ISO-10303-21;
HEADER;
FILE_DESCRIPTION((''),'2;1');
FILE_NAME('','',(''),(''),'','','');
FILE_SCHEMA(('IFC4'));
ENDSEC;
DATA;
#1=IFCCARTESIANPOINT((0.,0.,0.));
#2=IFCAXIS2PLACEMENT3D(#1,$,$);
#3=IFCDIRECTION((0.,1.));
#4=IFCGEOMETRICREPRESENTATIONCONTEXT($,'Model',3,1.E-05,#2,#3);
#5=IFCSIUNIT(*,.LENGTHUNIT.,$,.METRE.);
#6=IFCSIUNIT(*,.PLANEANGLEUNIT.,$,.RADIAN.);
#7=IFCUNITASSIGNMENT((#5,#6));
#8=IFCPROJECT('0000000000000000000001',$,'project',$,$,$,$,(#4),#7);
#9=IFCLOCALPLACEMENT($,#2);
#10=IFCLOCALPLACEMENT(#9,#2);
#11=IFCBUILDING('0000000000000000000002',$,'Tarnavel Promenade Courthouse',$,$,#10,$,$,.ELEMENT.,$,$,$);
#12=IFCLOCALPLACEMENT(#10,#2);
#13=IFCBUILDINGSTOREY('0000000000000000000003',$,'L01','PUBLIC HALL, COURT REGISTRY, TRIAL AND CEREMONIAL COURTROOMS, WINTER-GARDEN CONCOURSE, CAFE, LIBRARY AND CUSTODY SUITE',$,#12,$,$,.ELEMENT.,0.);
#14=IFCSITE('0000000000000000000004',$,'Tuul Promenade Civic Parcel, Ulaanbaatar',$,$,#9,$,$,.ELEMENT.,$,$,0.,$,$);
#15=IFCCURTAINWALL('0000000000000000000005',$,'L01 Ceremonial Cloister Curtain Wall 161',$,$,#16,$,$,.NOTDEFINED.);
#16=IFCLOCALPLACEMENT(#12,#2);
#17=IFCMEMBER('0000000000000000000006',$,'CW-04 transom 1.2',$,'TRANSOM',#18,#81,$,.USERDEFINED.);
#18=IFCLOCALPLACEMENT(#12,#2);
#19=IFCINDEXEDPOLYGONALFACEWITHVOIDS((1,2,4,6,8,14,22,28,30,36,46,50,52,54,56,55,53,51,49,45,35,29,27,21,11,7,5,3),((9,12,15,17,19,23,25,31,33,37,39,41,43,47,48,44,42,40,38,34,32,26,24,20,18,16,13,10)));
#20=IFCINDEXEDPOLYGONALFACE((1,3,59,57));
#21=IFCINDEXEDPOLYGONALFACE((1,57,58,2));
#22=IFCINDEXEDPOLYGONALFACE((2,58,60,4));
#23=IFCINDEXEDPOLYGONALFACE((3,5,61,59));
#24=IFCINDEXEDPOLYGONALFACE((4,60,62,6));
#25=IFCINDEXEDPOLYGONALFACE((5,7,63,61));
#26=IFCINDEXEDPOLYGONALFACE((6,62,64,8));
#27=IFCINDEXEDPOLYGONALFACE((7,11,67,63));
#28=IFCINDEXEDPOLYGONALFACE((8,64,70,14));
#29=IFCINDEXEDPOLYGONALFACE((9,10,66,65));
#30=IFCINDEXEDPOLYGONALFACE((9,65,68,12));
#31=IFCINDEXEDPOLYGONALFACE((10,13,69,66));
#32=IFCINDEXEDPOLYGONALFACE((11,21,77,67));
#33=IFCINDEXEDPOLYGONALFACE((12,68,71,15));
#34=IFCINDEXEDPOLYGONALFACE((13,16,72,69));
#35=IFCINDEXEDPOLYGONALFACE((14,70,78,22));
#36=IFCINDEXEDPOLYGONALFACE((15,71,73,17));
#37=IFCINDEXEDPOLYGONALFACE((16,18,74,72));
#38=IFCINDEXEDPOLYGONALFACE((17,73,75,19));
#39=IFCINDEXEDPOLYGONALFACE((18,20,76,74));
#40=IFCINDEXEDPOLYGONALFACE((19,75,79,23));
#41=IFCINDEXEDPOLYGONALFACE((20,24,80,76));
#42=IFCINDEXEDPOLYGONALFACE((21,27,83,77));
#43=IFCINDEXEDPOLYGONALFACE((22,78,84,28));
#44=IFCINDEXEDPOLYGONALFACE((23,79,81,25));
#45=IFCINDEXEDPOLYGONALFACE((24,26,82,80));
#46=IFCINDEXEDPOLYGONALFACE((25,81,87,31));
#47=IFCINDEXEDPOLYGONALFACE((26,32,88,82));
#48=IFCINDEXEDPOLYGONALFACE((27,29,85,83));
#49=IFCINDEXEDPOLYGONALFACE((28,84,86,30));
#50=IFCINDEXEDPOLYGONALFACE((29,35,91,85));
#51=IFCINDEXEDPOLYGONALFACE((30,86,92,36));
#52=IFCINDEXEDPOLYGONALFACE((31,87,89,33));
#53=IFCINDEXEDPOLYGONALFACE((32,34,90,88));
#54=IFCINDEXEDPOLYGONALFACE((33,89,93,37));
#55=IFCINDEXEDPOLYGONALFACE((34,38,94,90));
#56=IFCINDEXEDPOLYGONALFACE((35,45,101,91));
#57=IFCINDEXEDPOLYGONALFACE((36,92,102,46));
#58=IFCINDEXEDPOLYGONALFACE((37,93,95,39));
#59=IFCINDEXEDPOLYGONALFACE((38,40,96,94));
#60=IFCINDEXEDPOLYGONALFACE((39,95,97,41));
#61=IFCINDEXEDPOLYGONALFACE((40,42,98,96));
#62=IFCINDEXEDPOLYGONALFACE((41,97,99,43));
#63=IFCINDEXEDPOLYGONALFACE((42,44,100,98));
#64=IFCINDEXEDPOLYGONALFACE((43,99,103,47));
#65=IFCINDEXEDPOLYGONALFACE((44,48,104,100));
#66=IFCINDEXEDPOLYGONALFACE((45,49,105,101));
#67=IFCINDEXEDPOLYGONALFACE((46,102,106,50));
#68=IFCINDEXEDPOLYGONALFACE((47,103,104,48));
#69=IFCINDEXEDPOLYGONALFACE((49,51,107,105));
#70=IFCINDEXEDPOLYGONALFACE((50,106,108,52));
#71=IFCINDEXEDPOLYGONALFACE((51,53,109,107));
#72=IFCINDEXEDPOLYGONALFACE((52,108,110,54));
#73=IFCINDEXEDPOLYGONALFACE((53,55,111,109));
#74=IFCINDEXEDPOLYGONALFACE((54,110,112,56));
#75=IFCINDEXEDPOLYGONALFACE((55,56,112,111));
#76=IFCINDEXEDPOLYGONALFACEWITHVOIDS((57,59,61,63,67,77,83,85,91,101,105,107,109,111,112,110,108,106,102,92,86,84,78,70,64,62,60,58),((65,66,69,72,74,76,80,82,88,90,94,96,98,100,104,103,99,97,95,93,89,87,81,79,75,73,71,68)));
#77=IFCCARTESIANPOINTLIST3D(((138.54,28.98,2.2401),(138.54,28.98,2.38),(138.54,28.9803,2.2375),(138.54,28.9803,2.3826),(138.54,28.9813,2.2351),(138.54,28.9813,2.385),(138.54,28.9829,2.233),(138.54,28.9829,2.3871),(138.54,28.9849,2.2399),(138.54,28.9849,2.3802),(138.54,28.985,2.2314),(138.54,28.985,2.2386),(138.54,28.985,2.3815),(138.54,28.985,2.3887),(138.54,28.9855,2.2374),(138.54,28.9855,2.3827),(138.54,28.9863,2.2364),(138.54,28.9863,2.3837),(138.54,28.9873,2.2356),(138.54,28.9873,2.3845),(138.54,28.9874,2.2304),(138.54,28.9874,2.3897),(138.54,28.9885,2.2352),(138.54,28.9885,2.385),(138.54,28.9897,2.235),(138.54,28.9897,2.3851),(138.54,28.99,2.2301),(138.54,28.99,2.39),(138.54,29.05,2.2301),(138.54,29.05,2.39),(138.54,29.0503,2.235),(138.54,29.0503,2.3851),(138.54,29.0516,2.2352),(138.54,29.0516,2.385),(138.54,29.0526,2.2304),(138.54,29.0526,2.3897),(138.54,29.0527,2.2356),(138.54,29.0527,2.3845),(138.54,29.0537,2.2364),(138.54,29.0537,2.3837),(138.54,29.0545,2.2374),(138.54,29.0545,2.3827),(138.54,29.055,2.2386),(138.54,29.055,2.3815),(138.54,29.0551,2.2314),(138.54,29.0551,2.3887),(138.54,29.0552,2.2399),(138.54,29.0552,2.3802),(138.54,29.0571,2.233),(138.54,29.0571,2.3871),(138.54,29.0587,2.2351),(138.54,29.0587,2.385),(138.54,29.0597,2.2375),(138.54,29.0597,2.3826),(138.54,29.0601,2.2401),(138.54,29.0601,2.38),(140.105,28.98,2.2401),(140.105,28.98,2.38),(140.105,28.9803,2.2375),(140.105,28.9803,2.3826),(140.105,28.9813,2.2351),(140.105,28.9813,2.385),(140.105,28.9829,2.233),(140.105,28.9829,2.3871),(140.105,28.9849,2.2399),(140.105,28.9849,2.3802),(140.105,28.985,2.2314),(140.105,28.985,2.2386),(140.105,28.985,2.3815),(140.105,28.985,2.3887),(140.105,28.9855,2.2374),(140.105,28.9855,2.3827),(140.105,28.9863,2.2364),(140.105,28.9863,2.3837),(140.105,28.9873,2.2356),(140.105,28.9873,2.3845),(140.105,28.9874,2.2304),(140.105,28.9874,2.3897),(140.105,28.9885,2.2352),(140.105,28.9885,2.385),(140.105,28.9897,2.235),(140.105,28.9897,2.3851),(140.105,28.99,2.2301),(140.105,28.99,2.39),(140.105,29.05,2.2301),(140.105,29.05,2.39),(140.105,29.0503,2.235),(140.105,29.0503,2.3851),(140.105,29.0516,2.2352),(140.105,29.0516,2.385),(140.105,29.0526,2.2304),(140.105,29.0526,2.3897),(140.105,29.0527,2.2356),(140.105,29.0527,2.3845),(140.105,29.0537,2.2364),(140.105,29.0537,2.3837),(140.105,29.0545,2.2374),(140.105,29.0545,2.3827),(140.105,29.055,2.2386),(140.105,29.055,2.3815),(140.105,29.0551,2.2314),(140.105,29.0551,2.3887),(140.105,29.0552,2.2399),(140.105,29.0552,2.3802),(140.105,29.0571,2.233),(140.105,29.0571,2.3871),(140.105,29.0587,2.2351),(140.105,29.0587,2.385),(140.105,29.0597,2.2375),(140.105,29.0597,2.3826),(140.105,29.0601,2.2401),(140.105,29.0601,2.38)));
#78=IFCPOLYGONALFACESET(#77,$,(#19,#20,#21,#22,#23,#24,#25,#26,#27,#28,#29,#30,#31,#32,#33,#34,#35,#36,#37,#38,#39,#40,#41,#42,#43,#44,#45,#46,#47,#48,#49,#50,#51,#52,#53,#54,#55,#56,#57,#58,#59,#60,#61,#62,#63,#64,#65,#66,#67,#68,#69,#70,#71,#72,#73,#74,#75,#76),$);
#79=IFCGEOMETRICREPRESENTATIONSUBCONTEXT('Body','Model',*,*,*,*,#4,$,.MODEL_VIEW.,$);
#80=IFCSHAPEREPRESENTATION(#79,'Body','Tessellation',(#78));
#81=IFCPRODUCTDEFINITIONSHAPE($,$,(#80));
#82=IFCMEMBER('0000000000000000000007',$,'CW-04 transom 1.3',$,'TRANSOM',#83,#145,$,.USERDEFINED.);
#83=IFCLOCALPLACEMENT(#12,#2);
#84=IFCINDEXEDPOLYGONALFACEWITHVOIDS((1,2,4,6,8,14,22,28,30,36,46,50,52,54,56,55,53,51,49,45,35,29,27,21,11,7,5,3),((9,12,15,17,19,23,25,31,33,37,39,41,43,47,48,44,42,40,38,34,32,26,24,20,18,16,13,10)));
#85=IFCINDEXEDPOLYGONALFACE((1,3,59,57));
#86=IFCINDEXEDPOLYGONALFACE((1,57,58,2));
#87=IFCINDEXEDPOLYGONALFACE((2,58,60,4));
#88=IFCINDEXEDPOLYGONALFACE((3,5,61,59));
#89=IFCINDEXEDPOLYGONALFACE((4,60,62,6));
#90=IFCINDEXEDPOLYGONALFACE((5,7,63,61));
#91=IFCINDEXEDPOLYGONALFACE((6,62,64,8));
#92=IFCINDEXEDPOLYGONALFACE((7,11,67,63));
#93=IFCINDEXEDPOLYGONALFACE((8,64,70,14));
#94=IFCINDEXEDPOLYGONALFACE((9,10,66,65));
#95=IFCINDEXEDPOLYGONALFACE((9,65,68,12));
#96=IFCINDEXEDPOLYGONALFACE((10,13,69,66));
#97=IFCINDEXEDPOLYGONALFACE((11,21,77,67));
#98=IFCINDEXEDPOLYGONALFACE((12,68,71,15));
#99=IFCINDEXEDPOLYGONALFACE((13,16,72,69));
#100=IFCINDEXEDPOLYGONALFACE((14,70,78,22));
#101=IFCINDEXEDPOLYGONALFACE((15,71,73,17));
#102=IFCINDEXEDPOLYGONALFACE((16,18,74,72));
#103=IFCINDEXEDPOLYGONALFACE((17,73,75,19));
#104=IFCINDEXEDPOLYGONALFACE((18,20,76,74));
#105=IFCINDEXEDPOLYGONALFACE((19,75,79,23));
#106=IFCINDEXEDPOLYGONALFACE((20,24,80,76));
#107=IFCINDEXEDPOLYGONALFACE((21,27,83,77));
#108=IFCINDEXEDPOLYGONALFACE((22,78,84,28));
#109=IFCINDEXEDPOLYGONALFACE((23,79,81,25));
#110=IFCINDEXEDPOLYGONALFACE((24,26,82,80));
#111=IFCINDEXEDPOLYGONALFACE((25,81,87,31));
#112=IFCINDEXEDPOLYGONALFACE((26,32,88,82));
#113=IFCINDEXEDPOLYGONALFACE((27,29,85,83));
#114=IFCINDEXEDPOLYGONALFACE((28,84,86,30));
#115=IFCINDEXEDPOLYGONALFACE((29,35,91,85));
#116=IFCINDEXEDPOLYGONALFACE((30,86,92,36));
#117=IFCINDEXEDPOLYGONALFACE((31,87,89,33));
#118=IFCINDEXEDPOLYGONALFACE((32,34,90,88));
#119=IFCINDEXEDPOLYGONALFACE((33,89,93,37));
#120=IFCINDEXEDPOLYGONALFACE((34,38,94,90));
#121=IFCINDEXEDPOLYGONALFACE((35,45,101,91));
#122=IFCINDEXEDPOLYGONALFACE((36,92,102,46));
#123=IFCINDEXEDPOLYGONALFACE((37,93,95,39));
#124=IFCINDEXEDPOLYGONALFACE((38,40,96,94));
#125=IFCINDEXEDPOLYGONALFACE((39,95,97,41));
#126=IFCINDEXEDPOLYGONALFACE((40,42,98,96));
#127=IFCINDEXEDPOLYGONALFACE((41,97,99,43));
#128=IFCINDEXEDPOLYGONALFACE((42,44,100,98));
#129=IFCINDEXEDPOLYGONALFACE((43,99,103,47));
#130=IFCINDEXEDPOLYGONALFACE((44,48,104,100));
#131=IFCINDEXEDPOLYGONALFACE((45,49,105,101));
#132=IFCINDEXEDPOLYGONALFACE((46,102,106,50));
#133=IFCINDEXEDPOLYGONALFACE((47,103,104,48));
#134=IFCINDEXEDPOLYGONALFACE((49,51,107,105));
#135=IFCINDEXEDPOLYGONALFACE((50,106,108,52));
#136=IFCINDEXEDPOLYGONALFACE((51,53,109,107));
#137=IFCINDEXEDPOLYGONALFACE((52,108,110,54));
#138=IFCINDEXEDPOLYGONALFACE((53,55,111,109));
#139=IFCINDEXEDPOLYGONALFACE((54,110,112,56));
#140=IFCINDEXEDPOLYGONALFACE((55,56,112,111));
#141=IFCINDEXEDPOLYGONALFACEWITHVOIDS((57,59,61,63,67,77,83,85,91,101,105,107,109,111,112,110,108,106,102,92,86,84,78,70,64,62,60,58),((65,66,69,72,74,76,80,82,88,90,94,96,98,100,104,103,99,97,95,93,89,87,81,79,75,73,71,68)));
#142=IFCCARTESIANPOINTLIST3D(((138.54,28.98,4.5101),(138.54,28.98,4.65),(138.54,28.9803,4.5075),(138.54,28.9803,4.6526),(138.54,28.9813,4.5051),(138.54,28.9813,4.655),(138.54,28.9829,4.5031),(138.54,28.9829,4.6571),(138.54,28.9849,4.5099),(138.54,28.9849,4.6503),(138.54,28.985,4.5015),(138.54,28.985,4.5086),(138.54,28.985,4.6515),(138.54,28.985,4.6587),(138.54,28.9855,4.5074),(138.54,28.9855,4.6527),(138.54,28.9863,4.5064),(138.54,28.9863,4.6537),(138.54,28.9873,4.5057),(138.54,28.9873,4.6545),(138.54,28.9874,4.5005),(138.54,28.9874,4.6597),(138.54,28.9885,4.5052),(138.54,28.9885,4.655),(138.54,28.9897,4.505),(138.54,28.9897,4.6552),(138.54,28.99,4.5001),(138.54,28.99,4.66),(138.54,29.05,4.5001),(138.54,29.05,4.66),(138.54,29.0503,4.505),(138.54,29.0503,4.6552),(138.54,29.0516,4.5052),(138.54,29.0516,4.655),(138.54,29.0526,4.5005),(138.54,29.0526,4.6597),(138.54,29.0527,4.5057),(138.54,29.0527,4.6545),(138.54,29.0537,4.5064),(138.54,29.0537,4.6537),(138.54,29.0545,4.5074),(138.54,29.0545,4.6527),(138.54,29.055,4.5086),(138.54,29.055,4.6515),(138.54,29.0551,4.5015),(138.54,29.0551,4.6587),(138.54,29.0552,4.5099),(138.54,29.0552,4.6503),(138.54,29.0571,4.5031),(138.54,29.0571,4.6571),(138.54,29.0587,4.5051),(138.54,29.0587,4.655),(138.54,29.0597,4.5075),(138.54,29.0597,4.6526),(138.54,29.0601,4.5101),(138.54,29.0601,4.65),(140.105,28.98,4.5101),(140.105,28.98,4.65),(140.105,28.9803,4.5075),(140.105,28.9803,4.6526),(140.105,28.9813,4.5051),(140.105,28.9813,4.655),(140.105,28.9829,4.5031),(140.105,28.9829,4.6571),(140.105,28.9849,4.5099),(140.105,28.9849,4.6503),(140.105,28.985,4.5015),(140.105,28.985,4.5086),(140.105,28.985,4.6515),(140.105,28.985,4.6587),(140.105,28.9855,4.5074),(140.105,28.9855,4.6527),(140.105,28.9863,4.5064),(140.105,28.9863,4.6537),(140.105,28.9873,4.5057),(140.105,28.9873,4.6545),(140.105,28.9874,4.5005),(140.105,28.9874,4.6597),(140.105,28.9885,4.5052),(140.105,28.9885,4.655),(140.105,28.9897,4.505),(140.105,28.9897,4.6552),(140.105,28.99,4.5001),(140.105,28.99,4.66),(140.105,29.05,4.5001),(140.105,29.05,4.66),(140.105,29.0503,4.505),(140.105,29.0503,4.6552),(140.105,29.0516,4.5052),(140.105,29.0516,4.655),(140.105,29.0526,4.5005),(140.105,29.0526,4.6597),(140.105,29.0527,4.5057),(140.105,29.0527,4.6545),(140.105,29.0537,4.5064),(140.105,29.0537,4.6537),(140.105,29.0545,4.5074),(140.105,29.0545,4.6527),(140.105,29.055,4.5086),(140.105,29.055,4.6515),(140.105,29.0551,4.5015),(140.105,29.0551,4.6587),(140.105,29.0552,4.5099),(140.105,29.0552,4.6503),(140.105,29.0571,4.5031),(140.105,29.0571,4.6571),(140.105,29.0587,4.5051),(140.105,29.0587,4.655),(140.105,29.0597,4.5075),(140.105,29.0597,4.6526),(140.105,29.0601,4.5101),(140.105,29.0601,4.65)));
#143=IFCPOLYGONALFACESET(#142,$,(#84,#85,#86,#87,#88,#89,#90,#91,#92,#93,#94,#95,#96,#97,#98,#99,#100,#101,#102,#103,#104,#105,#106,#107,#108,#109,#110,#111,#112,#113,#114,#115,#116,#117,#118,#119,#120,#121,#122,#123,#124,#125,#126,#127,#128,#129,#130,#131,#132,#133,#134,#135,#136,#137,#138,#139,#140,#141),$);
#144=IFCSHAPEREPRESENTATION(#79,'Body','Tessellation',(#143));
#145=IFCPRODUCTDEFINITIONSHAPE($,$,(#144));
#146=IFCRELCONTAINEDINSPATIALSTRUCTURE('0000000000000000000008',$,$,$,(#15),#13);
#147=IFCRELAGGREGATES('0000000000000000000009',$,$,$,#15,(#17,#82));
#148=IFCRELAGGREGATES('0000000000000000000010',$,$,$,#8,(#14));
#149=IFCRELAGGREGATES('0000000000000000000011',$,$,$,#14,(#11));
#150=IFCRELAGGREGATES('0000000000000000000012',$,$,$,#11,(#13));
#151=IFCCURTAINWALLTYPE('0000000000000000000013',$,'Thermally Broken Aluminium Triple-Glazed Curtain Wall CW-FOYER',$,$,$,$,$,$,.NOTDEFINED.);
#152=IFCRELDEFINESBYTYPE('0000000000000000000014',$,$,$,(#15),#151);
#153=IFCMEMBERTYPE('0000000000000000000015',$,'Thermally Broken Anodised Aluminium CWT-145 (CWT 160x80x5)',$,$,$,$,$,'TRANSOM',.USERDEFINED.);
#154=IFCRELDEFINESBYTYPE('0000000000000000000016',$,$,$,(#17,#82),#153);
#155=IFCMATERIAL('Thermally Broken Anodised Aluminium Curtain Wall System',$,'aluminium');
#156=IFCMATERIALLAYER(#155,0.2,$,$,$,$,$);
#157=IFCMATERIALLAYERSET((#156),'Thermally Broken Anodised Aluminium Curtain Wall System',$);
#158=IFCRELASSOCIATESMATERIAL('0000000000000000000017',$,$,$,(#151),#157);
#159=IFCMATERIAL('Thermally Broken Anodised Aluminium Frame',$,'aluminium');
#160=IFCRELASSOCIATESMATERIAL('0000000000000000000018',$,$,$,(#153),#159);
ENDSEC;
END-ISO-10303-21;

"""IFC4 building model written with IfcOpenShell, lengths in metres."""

from ifc_helpers import new_model, si_unit, direction, frame, origin, origin_2d, place, context, subcontext, project, spatial, hollow_rectangle, extrude, material, layer, layer_set, material_profile, profile_set, type_object, element, aggregate, save


model = new_model("IFC4")

# Units and contexts
model_context = context("Model", 3, precision=1e-05, world=origin(), true_north=direction((0.0, 1.0)))
body_context = subcontext(model_context, "Body", "Model", "MODEL_VIEW")
ifc_project = project(units=[si_unit("LENGTHUNIT", "METRE"), si_unit("PLANEANGLEUNIT", "RADIAN")], contexts=[model_context])

# Site, building, storey
site_placement = place(None, origin())
site = spatial("IfcSite", under=ifc_project, at=site_placement, Name="Tuul Promenade Civic Parcel, Ulaanbaatar", CompositionType="ELEMENT", RefElevation=0.0)
building_placement = place(site_placement, origin())
building = spatial("IfcBuilding", under=site, at=building_placement, Name="Tarnavel Promenade Courthouse", CompositionType="ELEMENT")
storey_placement = place(building_placement, origin())
storey = spatial("IfcBuildingStorey", under=building, at=storey_placement, Name="L01", Description="PUBLIC HALL, COURT REGISTRY, TRIAL AND CEREMONIAL COURTROOMS, WINTER-GARDEN CONCOURSE, CAFE, LIBRARY AND CUSTODY SUITE", CompositionType="ELEMENT", Elevation=0.0)

# Curtain wall
ifc_material_1 = material(Name="Thermally Broken Anodised Aluminium Curtain Wall System", Category="aluminium")
ifc_layer_1 = layer(ifc_material_1, 0.2)
ifc_layer_set_1 = layer_set([ifc_layer_1], Name="Thermally Broken Anodised Aluminium Curtain Wall System")
curtain_wall_type = type_object("IfcCurtainWallType", Name="Thermally Broken Aluminium Triple-Glazed Curtain Wall CW-FOYER", PredefinedType="NOTDEFINED", material=ifc_layer_set_1)
ifc_material_2 = material(Name="Thermally Broken Anodised Aluminium Frame", Category="aluminium")
curtain_wall_1_placement = place(storey_placement, origin())
curtain_wall_1 = element("IfcCurtainWall", 1, at=curtain_wall_1_placement, inside=storey, type_object=curtain_wall_type, Name="L01 Ceremonial Cloister Curtain Wall 161", PredefinedType="NOTDEFINED")

# Members
ifc_material_profile_1 = material_profile(ifc_material_2, hollow_rectangle(XDim=0.0801, YDim=0.1599, WallThickness=0.0049, InnerFilletRadius=0.0049, OuterFilletRadius=0.01, at=origin_2d()), Name="CWT 160x80x5")
ifc_profile_set_1 = profile_set([ifc_material_profile_1], Name="Thermally Broken Anodised Aluminium Frame")
member_type_1 = type_object("IfcMemberType", Name="Thermally Broken Anodised Aluminium CWT-145 (CWT 160x80x5)", ElementType="TRANSOM", PredefinedType="USERDEFINED", material=ifc_profile_set_1)
member_1_placement = place(storey_placement, frame((138.54, 29.02, 2.3101), z_axis=(1.0, 0.0, 0.0), x_axis=(0.0, 1.0, 0.0)))
member_1 = element("IfcMember", 2, at=member_1_placement, type_object=member_type_1, Name="CW-04 transom 1.2", ObjectType="TRANSOM", PredefinedType="USERDEFINED", context=body_context, shape_type="SweptSolid", body=[
    extrude(hollow_rectangle(XDim=0.0801, YDim=0.1599, WallThickness=0.0049, InnerFilletRadius=0.0049, OuterFilletRadius=0.01, at=origin_2d()), origin(), (0.0, 0.0, 1.0), 1.5649),
])
member_2_placement = place(storey_placement, frame((138.54, 29.02, 4.5801), z_axis=(1.0, 0.0, 0.0), x_axis=(0.0, 1.0, 0.0)))
member_2 = element("IfcMember", 3, at=member_2_placement, type_object=member_type_1, Name="CW-04 transom 1.3", ObjectType="TRANSOM", PredefinedType="USERDEFINED", context=body_context, shape_type="SweptSolid", body=[
    extrude(hollow_rectangle(XDim=0.0801, YDim=0.1599, WallThickness=0.0049, InnerFilletRadius=0.0049, OuterFilletRadius=0.01, at=origin_2d()), origin(), (0.0, 0.0, 1.0), 1.5649),
])

aggregate(curtain_wall_1, [member_1, member_2])

save(model, "model.ifc")
